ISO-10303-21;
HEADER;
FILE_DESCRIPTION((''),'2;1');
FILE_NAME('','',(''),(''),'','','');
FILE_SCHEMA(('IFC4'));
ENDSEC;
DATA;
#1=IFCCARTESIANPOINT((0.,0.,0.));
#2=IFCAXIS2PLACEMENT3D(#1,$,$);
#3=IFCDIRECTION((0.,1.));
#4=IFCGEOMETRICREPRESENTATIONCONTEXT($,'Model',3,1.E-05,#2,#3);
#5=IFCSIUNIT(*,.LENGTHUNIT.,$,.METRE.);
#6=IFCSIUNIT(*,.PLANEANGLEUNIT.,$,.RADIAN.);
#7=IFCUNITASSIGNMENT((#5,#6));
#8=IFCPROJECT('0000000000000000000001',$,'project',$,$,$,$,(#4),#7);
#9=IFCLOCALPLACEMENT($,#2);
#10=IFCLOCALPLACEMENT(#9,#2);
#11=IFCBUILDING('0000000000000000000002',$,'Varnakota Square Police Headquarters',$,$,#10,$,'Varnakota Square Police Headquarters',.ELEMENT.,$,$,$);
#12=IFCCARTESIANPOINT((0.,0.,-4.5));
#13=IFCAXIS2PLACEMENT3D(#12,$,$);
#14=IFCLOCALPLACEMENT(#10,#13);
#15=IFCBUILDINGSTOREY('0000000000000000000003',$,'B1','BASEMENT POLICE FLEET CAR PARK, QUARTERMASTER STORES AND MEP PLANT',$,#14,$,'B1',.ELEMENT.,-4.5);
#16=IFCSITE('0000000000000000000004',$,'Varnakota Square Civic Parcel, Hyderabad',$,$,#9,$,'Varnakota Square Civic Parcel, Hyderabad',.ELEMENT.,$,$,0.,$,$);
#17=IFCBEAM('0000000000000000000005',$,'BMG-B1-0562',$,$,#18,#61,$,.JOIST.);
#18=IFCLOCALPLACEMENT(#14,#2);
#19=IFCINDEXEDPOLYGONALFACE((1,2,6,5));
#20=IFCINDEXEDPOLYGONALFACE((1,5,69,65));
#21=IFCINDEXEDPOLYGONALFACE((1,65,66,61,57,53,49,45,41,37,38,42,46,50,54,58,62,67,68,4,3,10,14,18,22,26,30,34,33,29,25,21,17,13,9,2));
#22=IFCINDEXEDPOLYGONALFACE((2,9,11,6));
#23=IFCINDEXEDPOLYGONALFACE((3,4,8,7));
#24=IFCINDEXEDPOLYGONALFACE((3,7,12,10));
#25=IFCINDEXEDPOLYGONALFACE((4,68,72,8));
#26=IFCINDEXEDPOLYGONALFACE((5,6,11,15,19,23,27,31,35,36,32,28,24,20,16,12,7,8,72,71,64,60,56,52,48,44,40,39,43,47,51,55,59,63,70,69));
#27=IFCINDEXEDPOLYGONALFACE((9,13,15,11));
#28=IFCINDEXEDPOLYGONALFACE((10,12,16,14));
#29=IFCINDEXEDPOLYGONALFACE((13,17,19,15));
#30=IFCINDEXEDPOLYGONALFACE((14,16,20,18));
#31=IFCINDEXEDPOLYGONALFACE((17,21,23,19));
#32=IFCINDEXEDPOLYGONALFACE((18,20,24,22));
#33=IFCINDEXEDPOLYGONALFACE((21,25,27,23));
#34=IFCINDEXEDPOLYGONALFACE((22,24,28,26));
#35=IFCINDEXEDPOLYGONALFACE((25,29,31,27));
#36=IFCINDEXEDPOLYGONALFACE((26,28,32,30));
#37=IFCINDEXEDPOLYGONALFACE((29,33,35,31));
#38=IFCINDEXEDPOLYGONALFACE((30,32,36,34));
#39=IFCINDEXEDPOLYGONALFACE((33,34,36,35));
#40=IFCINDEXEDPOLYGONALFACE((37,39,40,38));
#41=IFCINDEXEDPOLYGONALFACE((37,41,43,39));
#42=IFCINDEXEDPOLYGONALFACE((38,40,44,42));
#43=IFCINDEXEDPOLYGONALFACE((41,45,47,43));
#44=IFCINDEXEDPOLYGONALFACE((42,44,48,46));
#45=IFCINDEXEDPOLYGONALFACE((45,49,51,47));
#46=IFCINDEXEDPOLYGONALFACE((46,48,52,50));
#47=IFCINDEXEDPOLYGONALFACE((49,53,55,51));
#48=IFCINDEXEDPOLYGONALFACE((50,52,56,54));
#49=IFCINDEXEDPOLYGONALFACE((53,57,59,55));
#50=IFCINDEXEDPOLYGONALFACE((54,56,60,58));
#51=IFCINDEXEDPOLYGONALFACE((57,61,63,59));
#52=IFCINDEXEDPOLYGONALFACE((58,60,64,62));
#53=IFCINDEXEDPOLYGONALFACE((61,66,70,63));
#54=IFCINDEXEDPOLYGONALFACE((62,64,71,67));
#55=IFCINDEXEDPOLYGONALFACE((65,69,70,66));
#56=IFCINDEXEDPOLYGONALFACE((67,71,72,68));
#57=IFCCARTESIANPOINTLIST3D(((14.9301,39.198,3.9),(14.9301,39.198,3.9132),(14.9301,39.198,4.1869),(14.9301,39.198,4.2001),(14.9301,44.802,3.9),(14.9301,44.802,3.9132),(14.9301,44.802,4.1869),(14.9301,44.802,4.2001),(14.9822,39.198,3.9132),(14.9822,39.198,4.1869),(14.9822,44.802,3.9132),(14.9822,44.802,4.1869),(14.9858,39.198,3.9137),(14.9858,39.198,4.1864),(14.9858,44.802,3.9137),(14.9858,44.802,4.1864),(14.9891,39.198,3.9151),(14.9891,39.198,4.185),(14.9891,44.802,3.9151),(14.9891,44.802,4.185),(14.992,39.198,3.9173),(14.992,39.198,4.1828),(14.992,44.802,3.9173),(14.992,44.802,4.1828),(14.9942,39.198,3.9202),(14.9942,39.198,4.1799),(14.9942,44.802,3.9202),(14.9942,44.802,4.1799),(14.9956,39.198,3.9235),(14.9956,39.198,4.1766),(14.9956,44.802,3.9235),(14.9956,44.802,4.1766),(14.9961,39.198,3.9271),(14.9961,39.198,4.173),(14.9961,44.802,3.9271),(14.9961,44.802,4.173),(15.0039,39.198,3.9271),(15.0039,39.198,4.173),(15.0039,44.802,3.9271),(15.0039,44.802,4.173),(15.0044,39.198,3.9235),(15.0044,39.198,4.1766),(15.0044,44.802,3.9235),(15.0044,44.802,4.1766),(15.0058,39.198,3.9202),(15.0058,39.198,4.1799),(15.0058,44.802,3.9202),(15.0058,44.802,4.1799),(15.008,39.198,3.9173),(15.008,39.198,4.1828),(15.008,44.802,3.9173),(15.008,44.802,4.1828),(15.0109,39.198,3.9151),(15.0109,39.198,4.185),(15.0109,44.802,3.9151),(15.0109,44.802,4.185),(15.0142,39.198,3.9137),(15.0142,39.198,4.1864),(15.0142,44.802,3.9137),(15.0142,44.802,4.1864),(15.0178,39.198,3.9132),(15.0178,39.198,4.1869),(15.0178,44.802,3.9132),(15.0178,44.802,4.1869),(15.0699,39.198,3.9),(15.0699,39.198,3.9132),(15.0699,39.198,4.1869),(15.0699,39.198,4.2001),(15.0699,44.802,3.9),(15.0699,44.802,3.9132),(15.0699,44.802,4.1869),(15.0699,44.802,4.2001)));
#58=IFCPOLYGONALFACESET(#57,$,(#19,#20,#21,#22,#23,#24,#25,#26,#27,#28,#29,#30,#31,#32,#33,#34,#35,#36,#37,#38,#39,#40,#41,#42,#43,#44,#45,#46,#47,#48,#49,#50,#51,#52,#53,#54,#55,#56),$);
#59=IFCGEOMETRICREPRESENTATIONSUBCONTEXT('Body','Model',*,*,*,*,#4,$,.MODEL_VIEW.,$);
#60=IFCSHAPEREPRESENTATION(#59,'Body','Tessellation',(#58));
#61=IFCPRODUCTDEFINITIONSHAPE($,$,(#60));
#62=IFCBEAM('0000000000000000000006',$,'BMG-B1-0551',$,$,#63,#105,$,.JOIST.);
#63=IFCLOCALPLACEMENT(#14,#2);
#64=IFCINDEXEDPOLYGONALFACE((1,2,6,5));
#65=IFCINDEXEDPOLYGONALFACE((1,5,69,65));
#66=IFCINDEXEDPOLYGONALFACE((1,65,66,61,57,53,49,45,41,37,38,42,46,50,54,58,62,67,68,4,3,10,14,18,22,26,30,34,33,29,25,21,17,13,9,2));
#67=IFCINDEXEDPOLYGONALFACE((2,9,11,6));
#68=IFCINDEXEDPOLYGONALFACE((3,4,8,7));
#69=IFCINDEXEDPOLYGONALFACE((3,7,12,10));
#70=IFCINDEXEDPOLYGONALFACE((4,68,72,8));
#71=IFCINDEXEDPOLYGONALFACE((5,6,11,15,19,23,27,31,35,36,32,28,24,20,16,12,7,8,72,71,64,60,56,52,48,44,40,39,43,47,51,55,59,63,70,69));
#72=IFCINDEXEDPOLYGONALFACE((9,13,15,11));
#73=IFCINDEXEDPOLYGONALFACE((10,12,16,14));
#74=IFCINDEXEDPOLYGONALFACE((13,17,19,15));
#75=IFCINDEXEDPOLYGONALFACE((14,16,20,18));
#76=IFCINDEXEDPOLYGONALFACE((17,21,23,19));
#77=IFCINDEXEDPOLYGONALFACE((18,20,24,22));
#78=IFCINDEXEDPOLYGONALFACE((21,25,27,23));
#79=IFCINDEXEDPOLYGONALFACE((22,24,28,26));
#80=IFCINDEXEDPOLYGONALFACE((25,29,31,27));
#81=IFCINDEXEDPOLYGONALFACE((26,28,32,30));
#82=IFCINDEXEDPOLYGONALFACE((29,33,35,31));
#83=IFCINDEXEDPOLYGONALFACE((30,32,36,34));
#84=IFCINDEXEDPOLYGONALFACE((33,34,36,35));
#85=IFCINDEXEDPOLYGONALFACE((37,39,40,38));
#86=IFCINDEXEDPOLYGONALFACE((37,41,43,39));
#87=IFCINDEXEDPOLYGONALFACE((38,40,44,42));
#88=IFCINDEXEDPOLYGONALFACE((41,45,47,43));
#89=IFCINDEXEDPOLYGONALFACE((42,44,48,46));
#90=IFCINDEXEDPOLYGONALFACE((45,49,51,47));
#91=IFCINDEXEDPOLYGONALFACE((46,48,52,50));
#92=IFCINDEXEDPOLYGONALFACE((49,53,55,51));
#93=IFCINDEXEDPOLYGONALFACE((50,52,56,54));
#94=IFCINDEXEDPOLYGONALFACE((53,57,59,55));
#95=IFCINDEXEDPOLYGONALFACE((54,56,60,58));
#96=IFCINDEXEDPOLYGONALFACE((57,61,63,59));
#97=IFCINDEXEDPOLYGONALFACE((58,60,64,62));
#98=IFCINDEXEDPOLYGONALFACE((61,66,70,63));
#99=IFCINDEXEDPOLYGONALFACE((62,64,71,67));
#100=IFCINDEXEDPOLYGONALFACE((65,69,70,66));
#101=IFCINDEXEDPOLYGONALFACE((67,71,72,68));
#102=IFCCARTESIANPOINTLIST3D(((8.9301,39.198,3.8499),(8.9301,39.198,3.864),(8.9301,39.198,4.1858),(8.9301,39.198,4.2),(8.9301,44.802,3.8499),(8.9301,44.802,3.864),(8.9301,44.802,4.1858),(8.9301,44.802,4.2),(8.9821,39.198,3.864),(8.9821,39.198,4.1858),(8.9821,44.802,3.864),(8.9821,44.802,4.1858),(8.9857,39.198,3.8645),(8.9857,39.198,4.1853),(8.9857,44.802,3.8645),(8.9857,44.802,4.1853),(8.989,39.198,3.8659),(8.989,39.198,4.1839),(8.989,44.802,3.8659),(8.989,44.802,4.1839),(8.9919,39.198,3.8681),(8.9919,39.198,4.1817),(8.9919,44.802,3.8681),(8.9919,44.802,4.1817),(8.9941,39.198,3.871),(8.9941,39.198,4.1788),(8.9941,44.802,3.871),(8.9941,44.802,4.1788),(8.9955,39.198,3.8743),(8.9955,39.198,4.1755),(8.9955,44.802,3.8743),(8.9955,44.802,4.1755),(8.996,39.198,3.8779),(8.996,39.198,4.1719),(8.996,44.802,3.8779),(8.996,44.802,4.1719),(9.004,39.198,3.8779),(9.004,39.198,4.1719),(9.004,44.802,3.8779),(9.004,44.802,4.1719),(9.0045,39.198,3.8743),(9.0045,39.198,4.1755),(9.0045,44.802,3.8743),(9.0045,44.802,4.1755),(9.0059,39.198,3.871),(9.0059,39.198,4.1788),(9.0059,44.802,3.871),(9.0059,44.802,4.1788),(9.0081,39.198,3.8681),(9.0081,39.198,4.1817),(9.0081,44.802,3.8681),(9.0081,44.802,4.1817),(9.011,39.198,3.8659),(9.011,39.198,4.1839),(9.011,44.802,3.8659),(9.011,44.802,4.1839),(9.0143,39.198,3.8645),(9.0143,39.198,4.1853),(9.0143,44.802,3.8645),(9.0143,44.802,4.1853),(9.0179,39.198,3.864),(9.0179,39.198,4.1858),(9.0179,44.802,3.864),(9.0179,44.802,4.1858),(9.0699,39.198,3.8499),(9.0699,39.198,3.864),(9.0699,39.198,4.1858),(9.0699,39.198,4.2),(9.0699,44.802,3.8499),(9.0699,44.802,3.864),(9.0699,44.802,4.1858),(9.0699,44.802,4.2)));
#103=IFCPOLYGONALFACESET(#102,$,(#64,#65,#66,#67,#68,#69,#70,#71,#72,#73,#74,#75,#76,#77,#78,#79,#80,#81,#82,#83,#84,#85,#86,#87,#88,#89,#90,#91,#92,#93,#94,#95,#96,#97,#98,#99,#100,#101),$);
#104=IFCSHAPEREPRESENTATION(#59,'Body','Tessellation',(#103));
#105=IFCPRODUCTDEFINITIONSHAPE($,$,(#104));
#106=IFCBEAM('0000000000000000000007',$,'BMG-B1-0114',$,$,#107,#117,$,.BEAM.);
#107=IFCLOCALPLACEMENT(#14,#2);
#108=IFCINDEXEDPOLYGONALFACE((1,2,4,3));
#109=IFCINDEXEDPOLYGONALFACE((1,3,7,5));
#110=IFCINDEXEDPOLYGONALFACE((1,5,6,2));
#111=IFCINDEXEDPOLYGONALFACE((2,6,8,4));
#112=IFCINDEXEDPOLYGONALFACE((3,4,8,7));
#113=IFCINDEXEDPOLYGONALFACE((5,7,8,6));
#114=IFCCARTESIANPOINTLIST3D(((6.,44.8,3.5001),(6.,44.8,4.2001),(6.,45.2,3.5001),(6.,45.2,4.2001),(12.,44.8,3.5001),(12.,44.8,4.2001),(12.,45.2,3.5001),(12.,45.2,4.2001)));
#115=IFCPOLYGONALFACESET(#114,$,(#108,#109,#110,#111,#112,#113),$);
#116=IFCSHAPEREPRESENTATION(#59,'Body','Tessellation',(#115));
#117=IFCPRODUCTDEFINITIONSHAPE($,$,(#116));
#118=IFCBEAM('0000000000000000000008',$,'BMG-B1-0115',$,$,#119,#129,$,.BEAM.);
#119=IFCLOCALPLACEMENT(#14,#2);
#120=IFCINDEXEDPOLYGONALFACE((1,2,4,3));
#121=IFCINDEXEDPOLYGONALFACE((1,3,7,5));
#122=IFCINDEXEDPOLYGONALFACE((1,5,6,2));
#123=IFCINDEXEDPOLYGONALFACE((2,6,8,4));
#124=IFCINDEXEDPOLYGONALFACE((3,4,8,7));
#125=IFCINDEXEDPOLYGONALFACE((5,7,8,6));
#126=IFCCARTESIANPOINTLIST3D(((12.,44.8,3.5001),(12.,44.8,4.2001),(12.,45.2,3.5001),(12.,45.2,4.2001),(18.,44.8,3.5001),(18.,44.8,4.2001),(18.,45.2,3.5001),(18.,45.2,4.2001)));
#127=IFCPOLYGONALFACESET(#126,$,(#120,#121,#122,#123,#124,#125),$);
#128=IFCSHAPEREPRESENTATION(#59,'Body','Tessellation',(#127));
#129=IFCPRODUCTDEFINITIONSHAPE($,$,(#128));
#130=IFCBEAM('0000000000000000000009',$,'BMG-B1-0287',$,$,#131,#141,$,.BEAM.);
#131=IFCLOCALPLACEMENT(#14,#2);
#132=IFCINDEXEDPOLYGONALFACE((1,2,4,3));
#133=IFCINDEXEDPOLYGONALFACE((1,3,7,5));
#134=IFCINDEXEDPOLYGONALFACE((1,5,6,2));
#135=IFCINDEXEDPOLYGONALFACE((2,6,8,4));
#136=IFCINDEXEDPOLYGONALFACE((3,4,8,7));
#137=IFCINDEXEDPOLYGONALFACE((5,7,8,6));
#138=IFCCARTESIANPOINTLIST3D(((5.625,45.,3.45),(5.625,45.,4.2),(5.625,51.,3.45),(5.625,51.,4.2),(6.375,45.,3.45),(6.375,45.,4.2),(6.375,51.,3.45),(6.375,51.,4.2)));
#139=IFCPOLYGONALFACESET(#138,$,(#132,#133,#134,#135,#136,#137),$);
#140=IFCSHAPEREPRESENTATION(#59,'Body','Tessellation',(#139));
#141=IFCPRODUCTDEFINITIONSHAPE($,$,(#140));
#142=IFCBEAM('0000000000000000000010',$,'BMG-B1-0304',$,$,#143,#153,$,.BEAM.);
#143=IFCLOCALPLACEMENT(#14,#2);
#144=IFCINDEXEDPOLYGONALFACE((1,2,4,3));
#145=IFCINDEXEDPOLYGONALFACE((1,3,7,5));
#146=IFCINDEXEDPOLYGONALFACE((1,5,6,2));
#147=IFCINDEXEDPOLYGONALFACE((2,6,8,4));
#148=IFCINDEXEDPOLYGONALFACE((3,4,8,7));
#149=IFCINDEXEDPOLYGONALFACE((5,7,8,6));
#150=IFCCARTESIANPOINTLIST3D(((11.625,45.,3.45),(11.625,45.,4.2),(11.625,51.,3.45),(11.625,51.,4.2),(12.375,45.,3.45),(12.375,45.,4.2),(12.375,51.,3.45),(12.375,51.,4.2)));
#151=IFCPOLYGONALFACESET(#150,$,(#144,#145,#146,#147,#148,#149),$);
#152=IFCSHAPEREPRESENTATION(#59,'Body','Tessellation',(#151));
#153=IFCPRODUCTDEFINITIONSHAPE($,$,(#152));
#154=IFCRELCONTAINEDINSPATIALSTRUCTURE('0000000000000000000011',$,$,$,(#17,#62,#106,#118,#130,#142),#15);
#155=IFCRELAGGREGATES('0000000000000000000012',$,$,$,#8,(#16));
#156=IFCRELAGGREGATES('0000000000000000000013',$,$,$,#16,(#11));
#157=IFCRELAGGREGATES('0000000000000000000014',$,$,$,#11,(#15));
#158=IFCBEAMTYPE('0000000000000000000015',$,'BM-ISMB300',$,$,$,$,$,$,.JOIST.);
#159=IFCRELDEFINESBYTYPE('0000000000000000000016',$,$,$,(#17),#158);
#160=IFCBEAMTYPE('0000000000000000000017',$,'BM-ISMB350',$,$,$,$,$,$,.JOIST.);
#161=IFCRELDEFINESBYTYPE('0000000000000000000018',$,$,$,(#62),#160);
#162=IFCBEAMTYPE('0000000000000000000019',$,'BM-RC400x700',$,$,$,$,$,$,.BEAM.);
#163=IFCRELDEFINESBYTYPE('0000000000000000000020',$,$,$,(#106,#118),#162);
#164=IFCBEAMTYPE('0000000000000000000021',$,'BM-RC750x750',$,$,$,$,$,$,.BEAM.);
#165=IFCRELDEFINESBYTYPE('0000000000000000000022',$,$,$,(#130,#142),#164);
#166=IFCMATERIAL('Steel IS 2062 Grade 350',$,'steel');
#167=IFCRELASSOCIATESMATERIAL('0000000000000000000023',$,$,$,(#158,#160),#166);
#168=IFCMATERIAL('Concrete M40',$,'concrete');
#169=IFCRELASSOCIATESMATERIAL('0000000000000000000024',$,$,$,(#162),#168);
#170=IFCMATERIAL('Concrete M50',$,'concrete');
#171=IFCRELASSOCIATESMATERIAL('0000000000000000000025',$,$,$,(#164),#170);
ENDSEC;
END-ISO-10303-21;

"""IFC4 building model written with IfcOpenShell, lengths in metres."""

from ifc_helpers import new_model, si_unit, direction, frame, origin, origin_2d, place, context, subcontext, project, spatial, rectangle, i_section, extrude, material, material_profile, profile_set, type_object, element, save


model = new_model("IFC4")

# Units and contexts
model_context = context("Model", 3, precision=1e-05, world=origin(), true_north=direction((0.0, 1.0)))
body_context = subcontext(model_context, "Body", "Model", "MODEL_VIEW")
ifc_project = project(units=[si_unit("LENGTHUNIT", "METRE"), si_unit("PLANEANGLEUNIT", "RADIAN")], contexts=[model_context])

# Site, building, storey
site_placement = place(None, origin())
site = spatial("IfcSite", under=ifc_project, at=site_placement, Name="Varnakota Square Civic Parcel, Hyderabad", LongName="Varnakota Square Civic Parcel, Hyderabad", CompositionType="ELEMENT", RefElevation=0.0)
building_placement = place(site_placement, origin())
building = spatial("IfcBuilding", under=site, at=building_placement, Name="Varnakota Square Police Headquarters", LongName="Varnakota Square Police Headquarters", CompositionType="ELEMENT")
storey_placement = place(building_placement, frame((0.0, 0.0, -4.5)))
storey = spatial("IfcBuildingStorey", under=building, at=storey_placement, Name="B1", Description="BASEMENT POLICE FLEET CAR PARK, QUARTERMASTER STORES AND MEP PLANT", LongName="B1", CompositionType="ELEMENT", Elevation=-4.5)

# Shared definitions
ifc_material_1 = material(Name="Concrete M50", Category="concrete")

# Beams
ifc_material_2 = material(Name="Steel IS 2062 Grade 350", Category="steel")
ifc_material_profile_1 = material_profile(ifc_material_2, i_section(OverallWidth=0.1399, OverallDepth=0.3, WebThickness=0.0078, FlangeThickness=0.0132, FilletRadius=0.0139, at=origin_2d()), Name="ISMB 300")
ifc_profile_set_1 = profile_set([ifc_material_profile_1], Name="Steel IS 2062 Grade 350")
beam_type_1 = type_object("IfcBeamType", Name="BM-ISMB300", PredefinedType="JOIST", material=ifc_profile_set_1)
for number, where, z_axis, x_axis, name in (
    (1, (15.0, 39.198, 4.05), (0.0, 1.0, 0.0), (-1.0, 0.0, 0.0), "BMG-B1-0562"),
):
    element("IfcBeam", number, at=place(storey_placement, frame(where, z_axis=z_axis, x_axis=x_axis)), inside=storey, type_object=beam_type_1, Name=name, PredefinedType="JOIST", context=body_context, shape_type="SweptSolid", body=[
        extrude(i_section(OverallWidth=0.1399, OverallDepth=0.3, WebThickness=0.0078, FlangeThickness=0.0132, FilletRadius=0.0139, at=origin_2d()), origin(), (0.0, 0.0, 1.0), 5.604),
    ])
ifc_material_profile_2 = material_profile(ifc_material_2, i_section(OverallWidth=0.1399, OverallDepth=0.3501, WebThickness=0.0081, FlangeThickness=0.0142, FilletRadius=0.0139, at=origin_2d()), Name="ISMB 350")
ifc_profile_set_2 = profile_set([ifc_material_profile_2], Name="Steel IS 2062 Grade 350")
beam_type_2 = type_object("IfcBeamType", Name="BM-ISMB350", PredefinedType="JOIST", material=ifc_profile_set_2)
beam_placement = place(storey_placement, frame((9.0, 39.198, 4.0249), z_axis=(0.0, 1.0, 0.0), x_axis=(-1.0, 0.0, 0.0)))
element("IfcBeam", 2, at=beam_placement, inside=storey, type_object=beam_type_2, Name="BMG-B1-0551", PredefinedType="JOIST", context=body_context, shape_type="SweptSolid", body=[
    extrude(i_section(OverallWidth=0.1399, OverallDepth=0.3501, WebThickness=0.0081, FlangeThickness=0.0142, FilletRadius=0.0139, at=origin_2d()), origin(), (0.0, 0.0, 1.0), 5.604),
])
ifc_material_3 = material(Name="Concrete M40", Category="concrete")
ifc_material_profile_3 = material_profile(ifc_material_3, rectangle(XDim=0.3999, YDim=0.7, at=origin_2d()), Name="RC 400x700")
ifc_profile_set_3 = profile_set([ifc_material_profile_3], Name="Concrete M40")
beam_type_3 = type_object("IfcBeamType", Name="BM-RC400x700", PredefinedType="BEAM", material=ifc_profile_set_3)
for number, where, z_axis, x_axis, name in (
    (3, (6.0, 45.0, 3.8501), (1.0, 0.0, 0.0), (0.0, 1.0, 0.0), "BMG-B1-0114"),
    (4, (12.0, 45.0, 3.8501), (1.0, 0.0, 0.0), (0.0, 1.0, 0.0), "BMG-B1-0115"),
):
    element("IfcBeam", number, at=place(storey_placement, frame(where, z_axis=z_axis, x_axis=x_axis)), inside=storey, type_object=beam_type_3, Name=name, PredefinedType="BEAM", context=body_context, shape_type="SweptSolid", body=[
        extrude(rectangle(XDim=0.3999, YDim=0.7, at=origin_2d()), origin(), (0.0, 0.0, 1.0), 6.0),
    ])
ifc_material_profile_4 = material_profile(ifc_material_1, rectangle(XDim=0.75, YDim=0.75, at=origin_2d()), Name="RC 750x750")
ifc_profile_set_4 = profile_set([ifc_material_profile_4], Name="Concrete M50")
beam_type_4 = type_object("IfcBeamType", Name="BM-RC750x750", PredefinedType="BEAM", material=ifc_profile_set_4)
for number, where, z_axis, x_axis, name in (
    (5, (6.0, 45.0, 3.825), (0.0, 1.0, 0.0), (-1.0, 0.0, 0.0), "BMG-B1-0287"),
    (6, (12.0, 45.0, 3.825), (0.0, 1.0, 0.0), (-1.0, 0.0, 0.0), "BMG-B1-0304"),
):
    element("IfcBeam", number, at=place(storey_placement, frame(where, z_axis=z_axis, x_axis=x_axis)), inside=storey, type_object=beam_type_4, Name=name, PredefinedType="BEAM", context=body_context, shape_type="SweptSolid", body=[
        extrude(rectangle(XDim=0.75, YDim=0.75, at=origin_2d()), origin(), (0.0, 0.0, 1.0), 6.0),
    ])

save(model, "model.ifc")
